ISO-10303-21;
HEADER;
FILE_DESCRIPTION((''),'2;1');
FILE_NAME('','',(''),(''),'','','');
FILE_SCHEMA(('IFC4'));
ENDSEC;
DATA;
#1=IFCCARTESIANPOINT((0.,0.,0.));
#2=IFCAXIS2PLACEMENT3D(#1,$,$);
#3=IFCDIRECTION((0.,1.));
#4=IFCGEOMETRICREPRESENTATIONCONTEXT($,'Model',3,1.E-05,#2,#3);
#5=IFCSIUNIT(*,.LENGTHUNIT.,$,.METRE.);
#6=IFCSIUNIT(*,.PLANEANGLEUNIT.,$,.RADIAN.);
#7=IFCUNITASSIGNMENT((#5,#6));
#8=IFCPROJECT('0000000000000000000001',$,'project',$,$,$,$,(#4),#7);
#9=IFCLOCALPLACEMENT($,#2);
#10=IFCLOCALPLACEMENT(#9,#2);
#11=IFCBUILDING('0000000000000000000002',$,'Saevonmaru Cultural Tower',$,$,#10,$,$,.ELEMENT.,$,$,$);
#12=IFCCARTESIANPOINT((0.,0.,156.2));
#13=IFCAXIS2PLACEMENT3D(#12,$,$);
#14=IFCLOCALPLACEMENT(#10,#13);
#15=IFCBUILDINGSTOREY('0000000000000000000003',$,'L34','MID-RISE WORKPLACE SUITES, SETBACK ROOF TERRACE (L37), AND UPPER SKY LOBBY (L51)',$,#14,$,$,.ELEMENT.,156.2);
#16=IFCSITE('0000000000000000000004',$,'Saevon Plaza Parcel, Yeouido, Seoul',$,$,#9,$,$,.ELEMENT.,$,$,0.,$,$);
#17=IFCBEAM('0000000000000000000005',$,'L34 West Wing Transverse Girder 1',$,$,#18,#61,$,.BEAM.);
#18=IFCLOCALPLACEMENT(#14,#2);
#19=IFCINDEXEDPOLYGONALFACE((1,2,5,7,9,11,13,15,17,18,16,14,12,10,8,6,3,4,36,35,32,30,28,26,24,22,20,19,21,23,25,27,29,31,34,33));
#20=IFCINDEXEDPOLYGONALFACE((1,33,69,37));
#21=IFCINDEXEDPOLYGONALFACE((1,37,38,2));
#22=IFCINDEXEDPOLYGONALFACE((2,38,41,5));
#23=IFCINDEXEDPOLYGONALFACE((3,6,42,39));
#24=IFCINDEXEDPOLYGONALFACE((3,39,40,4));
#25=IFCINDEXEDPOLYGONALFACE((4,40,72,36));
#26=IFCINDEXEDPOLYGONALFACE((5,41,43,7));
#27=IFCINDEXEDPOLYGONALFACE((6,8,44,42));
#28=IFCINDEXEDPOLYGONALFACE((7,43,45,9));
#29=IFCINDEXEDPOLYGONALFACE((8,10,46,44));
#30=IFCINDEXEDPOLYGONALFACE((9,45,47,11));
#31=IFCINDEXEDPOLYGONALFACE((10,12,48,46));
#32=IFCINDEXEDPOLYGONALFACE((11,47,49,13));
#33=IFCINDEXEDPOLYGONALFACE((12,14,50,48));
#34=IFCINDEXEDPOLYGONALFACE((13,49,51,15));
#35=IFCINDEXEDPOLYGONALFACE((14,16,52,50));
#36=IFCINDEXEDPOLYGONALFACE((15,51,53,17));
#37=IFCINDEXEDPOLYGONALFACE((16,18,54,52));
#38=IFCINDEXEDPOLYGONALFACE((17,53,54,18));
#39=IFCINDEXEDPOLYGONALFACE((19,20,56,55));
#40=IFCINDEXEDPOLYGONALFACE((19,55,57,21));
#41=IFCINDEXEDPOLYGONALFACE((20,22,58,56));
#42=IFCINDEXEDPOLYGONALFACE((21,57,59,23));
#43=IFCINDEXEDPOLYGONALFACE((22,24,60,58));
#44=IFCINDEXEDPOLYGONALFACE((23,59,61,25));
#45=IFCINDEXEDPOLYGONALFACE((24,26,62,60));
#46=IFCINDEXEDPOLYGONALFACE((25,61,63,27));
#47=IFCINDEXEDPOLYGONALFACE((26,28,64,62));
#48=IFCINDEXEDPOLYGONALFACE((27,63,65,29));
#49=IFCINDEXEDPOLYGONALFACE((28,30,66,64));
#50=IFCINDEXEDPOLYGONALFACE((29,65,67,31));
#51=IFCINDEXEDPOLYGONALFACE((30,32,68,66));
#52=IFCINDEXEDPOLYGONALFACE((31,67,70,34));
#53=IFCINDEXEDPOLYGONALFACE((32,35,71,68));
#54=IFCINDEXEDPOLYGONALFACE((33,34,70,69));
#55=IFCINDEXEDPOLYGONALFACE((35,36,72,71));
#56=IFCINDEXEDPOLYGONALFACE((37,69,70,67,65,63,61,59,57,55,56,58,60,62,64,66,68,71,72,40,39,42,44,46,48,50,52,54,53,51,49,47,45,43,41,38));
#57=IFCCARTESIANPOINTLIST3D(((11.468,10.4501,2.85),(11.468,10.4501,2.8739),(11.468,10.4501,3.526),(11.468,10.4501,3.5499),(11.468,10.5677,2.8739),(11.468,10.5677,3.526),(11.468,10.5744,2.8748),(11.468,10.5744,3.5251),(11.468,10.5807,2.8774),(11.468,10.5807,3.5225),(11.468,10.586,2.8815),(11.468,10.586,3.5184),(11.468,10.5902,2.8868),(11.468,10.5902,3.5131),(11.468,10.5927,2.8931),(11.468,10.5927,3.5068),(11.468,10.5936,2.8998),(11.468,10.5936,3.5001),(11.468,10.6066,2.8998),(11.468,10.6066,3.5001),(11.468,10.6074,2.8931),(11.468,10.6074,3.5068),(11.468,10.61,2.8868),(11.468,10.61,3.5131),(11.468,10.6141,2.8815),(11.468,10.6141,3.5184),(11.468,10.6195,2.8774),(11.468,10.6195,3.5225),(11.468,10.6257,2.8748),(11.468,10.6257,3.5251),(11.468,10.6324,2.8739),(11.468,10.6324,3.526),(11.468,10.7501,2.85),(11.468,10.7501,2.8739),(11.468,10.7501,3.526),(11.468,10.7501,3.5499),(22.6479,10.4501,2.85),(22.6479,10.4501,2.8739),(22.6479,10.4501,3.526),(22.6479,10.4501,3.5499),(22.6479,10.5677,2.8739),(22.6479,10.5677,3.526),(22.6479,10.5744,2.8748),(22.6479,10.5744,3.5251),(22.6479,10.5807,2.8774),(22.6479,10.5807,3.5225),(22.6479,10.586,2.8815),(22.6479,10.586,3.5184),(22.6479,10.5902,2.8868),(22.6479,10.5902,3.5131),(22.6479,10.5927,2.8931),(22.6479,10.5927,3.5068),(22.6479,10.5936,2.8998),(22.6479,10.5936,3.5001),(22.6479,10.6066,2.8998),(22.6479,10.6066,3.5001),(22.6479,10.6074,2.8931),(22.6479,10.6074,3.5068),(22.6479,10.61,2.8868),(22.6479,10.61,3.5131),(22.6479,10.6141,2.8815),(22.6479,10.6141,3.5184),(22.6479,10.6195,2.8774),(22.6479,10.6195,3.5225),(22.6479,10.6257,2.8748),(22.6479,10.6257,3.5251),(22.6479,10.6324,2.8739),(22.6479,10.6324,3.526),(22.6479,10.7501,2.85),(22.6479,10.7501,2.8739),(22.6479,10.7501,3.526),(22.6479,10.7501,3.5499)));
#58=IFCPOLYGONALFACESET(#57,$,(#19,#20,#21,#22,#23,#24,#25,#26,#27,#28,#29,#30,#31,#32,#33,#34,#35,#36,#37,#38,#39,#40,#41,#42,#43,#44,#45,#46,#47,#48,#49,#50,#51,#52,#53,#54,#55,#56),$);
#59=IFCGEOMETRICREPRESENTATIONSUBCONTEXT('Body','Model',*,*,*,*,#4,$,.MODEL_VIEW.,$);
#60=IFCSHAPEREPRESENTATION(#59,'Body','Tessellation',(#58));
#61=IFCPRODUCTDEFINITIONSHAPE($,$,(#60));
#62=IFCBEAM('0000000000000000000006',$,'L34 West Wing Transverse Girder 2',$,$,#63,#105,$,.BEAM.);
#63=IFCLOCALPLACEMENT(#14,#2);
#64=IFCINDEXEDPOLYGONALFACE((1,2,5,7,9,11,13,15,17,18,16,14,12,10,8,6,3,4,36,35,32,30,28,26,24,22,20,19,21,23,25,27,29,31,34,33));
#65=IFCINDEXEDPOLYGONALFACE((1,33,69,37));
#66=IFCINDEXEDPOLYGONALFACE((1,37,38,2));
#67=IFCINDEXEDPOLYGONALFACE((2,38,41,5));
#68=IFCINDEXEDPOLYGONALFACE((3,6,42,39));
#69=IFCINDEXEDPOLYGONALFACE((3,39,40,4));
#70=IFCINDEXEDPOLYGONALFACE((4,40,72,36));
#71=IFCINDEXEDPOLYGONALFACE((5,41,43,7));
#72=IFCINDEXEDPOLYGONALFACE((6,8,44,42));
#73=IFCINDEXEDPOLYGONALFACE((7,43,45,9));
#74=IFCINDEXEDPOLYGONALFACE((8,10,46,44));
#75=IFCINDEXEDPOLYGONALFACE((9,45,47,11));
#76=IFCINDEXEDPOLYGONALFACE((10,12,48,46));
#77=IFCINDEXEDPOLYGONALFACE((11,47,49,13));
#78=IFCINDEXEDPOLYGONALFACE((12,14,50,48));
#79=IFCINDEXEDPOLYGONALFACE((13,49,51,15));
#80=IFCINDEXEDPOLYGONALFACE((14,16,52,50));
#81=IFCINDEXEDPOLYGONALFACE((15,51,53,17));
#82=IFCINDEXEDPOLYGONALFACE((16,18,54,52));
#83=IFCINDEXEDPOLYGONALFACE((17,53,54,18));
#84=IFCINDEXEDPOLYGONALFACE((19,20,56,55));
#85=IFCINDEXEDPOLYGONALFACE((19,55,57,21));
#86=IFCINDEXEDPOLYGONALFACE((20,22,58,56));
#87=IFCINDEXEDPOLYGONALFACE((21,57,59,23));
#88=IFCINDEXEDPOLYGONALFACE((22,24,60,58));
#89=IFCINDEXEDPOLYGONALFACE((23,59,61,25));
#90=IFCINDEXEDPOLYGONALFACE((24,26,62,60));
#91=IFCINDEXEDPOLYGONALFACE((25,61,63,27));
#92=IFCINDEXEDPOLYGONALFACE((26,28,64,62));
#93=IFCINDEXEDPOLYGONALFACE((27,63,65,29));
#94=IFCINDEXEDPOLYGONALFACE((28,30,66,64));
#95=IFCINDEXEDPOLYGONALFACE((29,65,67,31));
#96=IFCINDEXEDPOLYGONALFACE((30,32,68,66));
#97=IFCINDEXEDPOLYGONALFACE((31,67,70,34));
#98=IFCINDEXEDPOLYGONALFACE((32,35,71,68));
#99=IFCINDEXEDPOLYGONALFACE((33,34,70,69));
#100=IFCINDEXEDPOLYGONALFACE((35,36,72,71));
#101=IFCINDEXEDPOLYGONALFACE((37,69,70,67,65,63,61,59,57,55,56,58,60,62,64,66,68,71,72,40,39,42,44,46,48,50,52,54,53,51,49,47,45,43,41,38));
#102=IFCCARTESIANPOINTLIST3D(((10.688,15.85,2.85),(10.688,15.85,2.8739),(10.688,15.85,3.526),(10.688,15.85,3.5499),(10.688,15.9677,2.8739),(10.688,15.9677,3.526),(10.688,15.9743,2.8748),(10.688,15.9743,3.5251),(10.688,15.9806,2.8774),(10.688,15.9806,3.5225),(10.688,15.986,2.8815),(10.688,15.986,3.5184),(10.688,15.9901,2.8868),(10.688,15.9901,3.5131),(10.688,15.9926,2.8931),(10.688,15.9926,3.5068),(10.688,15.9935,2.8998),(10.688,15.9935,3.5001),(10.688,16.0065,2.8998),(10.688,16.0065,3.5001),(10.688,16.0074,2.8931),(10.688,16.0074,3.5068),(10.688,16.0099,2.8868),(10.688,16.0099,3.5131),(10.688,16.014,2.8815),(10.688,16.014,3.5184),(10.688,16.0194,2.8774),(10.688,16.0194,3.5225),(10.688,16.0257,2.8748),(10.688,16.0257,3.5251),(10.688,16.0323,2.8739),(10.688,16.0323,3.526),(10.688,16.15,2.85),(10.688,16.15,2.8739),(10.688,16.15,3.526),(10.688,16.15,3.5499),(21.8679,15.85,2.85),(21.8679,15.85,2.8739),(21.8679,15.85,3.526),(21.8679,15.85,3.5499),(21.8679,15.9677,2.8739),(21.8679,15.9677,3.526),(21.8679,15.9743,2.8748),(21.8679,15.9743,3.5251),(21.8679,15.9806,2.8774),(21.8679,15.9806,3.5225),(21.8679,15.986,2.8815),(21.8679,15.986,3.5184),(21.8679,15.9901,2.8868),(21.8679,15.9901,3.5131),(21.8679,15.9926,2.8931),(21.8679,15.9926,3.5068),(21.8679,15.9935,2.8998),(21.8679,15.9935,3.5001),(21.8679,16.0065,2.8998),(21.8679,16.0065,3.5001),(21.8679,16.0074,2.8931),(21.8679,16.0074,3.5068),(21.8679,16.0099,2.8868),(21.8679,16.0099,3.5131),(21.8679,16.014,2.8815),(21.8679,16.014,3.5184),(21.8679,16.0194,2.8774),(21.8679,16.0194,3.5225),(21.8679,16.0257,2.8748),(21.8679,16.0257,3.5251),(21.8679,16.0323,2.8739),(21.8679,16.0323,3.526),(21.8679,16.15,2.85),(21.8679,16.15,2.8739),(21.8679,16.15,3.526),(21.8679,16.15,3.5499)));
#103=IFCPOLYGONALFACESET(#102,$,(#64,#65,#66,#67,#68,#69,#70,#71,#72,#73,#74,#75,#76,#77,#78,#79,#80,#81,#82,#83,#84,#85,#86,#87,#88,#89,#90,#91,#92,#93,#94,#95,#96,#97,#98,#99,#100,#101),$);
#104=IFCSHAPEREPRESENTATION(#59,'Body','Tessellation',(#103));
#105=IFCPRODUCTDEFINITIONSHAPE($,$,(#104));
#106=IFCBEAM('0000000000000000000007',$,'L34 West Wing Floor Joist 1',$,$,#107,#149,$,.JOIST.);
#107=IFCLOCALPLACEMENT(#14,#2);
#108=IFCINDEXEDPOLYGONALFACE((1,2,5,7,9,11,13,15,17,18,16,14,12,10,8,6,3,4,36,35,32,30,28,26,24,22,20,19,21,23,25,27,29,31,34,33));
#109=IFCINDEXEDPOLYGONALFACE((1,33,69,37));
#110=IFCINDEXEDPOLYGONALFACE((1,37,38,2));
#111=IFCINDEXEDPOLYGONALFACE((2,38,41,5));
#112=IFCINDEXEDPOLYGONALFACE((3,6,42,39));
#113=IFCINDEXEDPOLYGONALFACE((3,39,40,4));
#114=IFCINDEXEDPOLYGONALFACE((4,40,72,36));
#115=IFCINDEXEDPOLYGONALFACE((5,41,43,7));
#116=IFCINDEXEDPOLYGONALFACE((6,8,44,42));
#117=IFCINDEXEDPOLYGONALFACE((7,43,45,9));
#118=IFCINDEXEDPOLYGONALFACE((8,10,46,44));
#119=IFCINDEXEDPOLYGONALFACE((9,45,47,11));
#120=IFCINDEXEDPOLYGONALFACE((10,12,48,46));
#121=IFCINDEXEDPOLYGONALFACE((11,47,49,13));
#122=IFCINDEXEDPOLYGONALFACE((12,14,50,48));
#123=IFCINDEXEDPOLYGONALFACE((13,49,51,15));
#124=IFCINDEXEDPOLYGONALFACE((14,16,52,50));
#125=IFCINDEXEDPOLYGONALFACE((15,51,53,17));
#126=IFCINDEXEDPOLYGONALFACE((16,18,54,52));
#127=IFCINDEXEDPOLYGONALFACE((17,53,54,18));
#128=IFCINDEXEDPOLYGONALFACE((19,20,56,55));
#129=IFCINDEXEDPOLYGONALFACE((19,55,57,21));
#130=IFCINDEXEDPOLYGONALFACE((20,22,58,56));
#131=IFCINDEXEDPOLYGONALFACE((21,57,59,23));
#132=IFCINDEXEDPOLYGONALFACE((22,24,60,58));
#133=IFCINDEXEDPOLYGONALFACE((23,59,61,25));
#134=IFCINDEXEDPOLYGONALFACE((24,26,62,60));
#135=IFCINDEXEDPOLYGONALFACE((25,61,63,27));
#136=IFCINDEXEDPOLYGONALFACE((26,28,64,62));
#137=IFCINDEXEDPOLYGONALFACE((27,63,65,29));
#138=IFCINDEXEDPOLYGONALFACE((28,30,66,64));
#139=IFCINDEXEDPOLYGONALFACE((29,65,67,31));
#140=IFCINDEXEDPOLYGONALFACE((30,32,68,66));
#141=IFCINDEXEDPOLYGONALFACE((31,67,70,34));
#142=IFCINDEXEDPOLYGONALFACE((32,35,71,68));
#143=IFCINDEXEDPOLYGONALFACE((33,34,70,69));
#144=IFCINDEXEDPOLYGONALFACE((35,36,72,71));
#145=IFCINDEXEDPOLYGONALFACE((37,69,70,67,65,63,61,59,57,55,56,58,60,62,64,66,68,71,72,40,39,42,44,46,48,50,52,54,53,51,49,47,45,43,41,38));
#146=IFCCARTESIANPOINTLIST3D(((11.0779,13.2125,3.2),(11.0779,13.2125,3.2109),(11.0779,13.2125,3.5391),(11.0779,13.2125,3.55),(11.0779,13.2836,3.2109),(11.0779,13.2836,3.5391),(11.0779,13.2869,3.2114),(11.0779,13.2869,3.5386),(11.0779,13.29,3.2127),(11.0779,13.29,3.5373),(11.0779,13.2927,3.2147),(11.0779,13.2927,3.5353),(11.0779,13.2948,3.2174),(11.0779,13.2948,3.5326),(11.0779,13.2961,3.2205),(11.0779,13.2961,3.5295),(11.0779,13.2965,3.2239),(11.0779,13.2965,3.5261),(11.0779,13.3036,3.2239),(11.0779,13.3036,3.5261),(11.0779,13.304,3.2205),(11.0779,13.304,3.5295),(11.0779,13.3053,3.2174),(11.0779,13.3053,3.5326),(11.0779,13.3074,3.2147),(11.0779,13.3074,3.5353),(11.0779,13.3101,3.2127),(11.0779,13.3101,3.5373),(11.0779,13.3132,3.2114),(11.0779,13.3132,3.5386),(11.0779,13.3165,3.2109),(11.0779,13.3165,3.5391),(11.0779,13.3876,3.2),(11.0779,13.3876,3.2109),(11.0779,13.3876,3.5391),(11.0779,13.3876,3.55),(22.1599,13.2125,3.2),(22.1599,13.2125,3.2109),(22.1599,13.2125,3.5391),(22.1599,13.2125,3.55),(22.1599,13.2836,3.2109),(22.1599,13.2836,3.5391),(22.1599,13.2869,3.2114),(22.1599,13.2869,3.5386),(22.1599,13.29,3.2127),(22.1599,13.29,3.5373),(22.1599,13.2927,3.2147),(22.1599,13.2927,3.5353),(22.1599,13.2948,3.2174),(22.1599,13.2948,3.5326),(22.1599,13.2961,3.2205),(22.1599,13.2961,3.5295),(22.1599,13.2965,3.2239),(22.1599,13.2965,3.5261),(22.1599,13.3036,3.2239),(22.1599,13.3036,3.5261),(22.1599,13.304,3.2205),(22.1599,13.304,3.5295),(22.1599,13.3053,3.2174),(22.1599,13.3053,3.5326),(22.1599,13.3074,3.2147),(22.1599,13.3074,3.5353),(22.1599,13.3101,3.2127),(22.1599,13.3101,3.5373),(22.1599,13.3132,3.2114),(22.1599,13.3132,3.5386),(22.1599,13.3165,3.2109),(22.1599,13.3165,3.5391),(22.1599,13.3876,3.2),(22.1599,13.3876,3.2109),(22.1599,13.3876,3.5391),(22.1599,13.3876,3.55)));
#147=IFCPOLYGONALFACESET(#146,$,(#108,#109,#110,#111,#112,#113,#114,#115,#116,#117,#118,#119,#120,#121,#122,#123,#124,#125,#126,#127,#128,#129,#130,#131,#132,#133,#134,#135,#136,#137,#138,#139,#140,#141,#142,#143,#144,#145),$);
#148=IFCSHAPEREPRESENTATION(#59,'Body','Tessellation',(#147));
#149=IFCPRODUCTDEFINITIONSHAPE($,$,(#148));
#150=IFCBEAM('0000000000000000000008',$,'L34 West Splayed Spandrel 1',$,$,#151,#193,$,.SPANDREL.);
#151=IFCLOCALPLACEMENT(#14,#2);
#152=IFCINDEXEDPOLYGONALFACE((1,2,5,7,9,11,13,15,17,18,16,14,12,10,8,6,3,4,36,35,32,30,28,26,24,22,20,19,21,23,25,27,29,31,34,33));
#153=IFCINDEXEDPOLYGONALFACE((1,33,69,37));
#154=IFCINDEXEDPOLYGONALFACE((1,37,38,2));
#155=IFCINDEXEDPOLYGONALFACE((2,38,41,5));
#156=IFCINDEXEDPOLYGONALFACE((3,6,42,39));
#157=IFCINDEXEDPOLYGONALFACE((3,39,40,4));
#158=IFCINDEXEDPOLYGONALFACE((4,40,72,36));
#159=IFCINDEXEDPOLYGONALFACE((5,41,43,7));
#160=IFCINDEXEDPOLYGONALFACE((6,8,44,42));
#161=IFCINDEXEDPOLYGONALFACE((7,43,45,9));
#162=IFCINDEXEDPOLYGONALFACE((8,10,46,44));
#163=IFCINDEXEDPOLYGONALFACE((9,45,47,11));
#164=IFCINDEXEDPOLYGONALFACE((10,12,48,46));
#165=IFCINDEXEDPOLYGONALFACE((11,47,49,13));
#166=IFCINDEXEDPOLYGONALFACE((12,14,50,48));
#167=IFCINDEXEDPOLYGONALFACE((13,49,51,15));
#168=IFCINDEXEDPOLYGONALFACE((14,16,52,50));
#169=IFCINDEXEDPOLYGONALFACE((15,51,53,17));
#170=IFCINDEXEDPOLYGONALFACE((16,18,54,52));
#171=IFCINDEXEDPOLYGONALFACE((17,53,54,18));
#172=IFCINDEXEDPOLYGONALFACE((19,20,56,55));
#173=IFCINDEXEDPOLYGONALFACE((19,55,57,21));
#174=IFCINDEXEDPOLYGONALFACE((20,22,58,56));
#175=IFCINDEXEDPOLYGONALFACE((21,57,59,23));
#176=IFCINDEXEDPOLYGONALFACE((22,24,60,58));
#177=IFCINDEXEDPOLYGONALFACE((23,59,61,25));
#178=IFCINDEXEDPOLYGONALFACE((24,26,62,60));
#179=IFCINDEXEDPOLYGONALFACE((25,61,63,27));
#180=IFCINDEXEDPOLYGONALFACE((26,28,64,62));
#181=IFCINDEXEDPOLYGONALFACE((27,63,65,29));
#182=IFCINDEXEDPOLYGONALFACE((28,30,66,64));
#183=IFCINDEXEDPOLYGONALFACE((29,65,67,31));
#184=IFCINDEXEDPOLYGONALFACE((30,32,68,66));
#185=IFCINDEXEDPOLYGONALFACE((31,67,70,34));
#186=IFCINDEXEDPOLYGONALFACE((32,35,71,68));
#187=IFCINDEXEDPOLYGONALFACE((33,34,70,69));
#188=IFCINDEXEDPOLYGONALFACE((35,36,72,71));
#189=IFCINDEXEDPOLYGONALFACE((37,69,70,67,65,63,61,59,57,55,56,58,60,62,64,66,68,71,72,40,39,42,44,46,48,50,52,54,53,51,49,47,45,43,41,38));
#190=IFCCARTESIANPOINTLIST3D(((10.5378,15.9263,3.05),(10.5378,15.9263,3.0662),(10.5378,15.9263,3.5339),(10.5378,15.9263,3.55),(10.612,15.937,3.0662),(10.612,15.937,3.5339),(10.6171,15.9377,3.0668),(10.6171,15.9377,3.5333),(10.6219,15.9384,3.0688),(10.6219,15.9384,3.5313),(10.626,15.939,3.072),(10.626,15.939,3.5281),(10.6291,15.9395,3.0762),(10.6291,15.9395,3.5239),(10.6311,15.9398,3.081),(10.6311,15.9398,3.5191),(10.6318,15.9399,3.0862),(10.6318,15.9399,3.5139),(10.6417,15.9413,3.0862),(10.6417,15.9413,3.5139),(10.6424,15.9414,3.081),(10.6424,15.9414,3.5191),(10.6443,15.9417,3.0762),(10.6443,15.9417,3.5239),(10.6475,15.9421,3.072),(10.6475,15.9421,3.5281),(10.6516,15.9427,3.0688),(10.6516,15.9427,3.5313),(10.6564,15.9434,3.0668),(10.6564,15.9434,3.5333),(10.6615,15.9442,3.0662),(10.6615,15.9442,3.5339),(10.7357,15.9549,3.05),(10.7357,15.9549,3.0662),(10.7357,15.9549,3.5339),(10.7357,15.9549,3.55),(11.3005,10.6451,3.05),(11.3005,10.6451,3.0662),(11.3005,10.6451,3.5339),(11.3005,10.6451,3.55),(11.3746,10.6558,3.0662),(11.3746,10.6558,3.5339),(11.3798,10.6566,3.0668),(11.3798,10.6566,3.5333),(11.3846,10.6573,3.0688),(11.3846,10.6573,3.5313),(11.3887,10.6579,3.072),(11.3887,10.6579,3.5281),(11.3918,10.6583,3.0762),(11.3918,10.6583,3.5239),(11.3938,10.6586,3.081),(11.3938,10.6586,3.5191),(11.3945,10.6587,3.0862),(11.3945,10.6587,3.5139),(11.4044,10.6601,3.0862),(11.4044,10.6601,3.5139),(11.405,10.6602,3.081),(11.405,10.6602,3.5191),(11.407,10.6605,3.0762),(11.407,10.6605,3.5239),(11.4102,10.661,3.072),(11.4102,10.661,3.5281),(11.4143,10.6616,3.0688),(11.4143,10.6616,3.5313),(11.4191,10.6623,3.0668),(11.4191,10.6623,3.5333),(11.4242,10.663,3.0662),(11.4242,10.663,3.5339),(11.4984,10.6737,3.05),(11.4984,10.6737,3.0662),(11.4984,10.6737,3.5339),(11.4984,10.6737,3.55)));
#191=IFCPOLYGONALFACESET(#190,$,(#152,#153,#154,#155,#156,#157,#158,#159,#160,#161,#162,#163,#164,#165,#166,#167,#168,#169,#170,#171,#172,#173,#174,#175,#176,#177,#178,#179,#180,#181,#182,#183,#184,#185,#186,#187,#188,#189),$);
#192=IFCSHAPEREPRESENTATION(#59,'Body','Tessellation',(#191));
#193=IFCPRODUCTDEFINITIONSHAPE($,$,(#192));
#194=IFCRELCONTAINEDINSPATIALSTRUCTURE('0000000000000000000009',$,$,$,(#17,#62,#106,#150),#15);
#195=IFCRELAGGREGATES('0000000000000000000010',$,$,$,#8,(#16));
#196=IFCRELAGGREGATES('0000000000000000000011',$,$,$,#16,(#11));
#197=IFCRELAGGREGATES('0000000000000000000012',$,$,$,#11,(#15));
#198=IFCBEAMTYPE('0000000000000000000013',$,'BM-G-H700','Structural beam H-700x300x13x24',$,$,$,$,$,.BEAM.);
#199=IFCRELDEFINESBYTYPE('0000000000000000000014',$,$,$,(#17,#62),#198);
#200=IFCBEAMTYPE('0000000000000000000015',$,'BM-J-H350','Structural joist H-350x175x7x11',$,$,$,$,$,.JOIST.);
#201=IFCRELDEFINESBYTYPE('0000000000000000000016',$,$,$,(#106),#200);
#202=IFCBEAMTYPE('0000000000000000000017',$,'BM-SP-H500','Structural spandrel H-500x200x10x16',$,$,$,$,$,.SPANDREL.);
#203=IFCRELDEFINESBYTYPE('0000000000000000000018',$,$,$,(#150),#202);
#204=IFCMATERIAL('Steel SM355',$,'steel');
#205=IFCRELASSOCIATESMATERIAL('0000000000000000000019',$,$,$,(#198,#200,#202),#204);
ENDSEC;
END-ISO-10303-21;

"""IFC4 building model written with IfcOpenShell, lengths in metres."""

from ifc_helpers import new_model, si_unit, direction, frame, origin, origin_2d, place, context, subcontext, project, spatial, i_section, extrude, material, material_profile, profile_set, type_object, element, save


model = new_model("IFC4")

# Units and contexts
model_context = context("Model", 3, precision=1e-05, world=origin(), true_north=direction((0.0, 1.0)))
body_context = subcontext(model_context, "Body", "Model", "MODEL_VIEW")
ifc_project = project(units=[si_unit("LENGTHUNIT", "METRE"), si_unit("PLANEANGLEUNIT", "RADIAN")], contexts=[model_context])

# Site, building, storey
site_placement = place(None, origin())
site = spatial("IfcSite", under=ifc_project, at=site_placement, Name="Saevon Plaza Parcel, Yeouido, Seoul", CompositionType="ELEMENT", RefElevation=0.0)
building_placement = place(site_placement, origin())
building = spatial("IfcBuilding", under=site, at=building_placement, Name="Saevonmaru Cultural Tower", CompositionType="ELEMENT")
storey_placement = place(building_placement, frame((0.0, 0.0, 156.2)))
storey = spatial("IfcBuildingStorey", under=building, at=storey_placement, Name="L34", Description="MID-RISE WORKPLACE SUITES, SETBACK ROOF TERRACE (L37), AND UPPER SKY LOBBY (L51)", CompositionType="ELEMENT", Elevation=156.2)

# Shared definitions
ifc_material_1 = material(Name="Steel SM355", Category="steel")

# Beams
ifc_material_profile_1 = material_profile(ifc_material_1, i_section(OverallWidth=0.3, OverallDepth=0.7, WebThickness=0.0129, FlangeThickness=0.0239, FilletRadius=0.0259, at=origin_2d()), Name="H-700x300x13x24")
ifc_profile_set_1 = profile_set([ifc_material_profile_1], Name="Steel SM355")
beam_type_1 = type_object("IfcBeamType", Name="BM-G-H700", Description="Structural beam H-700x300x13x24", PredefinedType="BEAM", material=ifc_profile_set_1)
for number, where, z_axis, x_axis, name in (
    (1, (11.468, 10.6001, 3.2), (1.0, 0.0, 0.0), (0.0, 1.0, 0.0), "L34 West Wing Transverse Girder 1"),
    (2, (10.688, 16.0, 3.2), (1.0, 0.0, 0.0), (0.0, 1.0, 0.0), "L34 West Wing Transverse Girder 2"),
):
    element("IfcBeam", number, at=place(storey_placement, frame(where, z_axis=z_axis, x_axis=x_axis)), inside=storey, type_object=beam_type_1, Name=name, PredefinedType="BEAM", context=body_context, shape_type="SweptSolid", body=[
        extrude(i_section(OverallWidth=0.3, OverallDepth=0.7, WebThickness=0.0129, FlangeThickness=0.0239, FilletRadius=0.0259, at=origin_2d()), origin(), (0.0, 0.0, 1.0), 11.1799),
    ])
ifc_material_profile_2 = material_profile(ifc_material_1, i_section(OverallWidth=0.175, OverallDepth=0.3501, WebThickness=0.0071, FlangeThickness=0.011, FilletRadius=0.0129, at=origin_2d()), Name="H-350x175x7x11")
ifc_profile_set_2 = profile_set([ifc_material_profile_2], Name="Steel SM355")
beam_type_2 = type_object("IfcBeamType", Name="BM-J-H350", Description="Structural joist H-350x175x7x11", PredefinedType="JOIST", material=ifc_profile_set_2)
beam_1_placement = place(storey_placement, frame((11.0779, 13.3, 3.375), z_axis=(1.0, 0.0, 0.0), x_axis=(0.0, 1.0, 0.0)))
element("IfcBeam", 3, at=beam_1_placement, inside=storey, type_object=beam_type_2, Name="L34 West Wing Floor Joist 1", PredefinedType="JOIST", context=body_context, shape_type="SweptSolid", body=[
    extrude(i_section(OverallWidth=0.175, OverallDepth=0.3501, WebThickness=0.0071, FlangeThickness=0.011, FilletRadius=0.0129, at=origin_2d()), origin(), (0.0, 0.0, 1.0), 11.082),
])
ifc_material_profile_3 = material_profile(ifc_material_1, i_section(OverallWidth=0.2, OverallDepth=0.5, WebThickness=0.01, FlangeThickness=0.0161, FilletRadius=0.02, at=origin_2d()), Name="H-500x200x10x16")
ifc_profile_set_3 = profile_set([ifc_material_profile_3], Name="Steel SM355")
beam_type_3 = type_object("IfcBeamType", Name="BM-SP-H500", Description="Structural spandrel H-500x200x10x16", PredefinedType="SPANDREL", material=ifc_profile_set_3)
beam_2_placement = place(storey_placement, frame((11.3994, 10.6594, 3.3), z_axis=(-0.142933, 0.989732, 0.0), x_axis=(-0.989732, -0.142933, 0.0)))
element("IfcBeam", 4, at=beam_2_placement, inside=storey, type_object=beam_type_3, Name="L34 West Splayed Spandrel 1", PredefinedType="SPANDREL", context=body_context, shape_type="SweptSolid", body=[
    extrude(i_section(OverallWidth=0.2, OverallDepth=0.5, WebThickness=0.01, FlangeThickness=0.0161, FilletRadius=0.02, at=origin_2d()), origin(), (0.0, 0.0, 1.0), 5.3359),
])

save(model, "model.ifc")
